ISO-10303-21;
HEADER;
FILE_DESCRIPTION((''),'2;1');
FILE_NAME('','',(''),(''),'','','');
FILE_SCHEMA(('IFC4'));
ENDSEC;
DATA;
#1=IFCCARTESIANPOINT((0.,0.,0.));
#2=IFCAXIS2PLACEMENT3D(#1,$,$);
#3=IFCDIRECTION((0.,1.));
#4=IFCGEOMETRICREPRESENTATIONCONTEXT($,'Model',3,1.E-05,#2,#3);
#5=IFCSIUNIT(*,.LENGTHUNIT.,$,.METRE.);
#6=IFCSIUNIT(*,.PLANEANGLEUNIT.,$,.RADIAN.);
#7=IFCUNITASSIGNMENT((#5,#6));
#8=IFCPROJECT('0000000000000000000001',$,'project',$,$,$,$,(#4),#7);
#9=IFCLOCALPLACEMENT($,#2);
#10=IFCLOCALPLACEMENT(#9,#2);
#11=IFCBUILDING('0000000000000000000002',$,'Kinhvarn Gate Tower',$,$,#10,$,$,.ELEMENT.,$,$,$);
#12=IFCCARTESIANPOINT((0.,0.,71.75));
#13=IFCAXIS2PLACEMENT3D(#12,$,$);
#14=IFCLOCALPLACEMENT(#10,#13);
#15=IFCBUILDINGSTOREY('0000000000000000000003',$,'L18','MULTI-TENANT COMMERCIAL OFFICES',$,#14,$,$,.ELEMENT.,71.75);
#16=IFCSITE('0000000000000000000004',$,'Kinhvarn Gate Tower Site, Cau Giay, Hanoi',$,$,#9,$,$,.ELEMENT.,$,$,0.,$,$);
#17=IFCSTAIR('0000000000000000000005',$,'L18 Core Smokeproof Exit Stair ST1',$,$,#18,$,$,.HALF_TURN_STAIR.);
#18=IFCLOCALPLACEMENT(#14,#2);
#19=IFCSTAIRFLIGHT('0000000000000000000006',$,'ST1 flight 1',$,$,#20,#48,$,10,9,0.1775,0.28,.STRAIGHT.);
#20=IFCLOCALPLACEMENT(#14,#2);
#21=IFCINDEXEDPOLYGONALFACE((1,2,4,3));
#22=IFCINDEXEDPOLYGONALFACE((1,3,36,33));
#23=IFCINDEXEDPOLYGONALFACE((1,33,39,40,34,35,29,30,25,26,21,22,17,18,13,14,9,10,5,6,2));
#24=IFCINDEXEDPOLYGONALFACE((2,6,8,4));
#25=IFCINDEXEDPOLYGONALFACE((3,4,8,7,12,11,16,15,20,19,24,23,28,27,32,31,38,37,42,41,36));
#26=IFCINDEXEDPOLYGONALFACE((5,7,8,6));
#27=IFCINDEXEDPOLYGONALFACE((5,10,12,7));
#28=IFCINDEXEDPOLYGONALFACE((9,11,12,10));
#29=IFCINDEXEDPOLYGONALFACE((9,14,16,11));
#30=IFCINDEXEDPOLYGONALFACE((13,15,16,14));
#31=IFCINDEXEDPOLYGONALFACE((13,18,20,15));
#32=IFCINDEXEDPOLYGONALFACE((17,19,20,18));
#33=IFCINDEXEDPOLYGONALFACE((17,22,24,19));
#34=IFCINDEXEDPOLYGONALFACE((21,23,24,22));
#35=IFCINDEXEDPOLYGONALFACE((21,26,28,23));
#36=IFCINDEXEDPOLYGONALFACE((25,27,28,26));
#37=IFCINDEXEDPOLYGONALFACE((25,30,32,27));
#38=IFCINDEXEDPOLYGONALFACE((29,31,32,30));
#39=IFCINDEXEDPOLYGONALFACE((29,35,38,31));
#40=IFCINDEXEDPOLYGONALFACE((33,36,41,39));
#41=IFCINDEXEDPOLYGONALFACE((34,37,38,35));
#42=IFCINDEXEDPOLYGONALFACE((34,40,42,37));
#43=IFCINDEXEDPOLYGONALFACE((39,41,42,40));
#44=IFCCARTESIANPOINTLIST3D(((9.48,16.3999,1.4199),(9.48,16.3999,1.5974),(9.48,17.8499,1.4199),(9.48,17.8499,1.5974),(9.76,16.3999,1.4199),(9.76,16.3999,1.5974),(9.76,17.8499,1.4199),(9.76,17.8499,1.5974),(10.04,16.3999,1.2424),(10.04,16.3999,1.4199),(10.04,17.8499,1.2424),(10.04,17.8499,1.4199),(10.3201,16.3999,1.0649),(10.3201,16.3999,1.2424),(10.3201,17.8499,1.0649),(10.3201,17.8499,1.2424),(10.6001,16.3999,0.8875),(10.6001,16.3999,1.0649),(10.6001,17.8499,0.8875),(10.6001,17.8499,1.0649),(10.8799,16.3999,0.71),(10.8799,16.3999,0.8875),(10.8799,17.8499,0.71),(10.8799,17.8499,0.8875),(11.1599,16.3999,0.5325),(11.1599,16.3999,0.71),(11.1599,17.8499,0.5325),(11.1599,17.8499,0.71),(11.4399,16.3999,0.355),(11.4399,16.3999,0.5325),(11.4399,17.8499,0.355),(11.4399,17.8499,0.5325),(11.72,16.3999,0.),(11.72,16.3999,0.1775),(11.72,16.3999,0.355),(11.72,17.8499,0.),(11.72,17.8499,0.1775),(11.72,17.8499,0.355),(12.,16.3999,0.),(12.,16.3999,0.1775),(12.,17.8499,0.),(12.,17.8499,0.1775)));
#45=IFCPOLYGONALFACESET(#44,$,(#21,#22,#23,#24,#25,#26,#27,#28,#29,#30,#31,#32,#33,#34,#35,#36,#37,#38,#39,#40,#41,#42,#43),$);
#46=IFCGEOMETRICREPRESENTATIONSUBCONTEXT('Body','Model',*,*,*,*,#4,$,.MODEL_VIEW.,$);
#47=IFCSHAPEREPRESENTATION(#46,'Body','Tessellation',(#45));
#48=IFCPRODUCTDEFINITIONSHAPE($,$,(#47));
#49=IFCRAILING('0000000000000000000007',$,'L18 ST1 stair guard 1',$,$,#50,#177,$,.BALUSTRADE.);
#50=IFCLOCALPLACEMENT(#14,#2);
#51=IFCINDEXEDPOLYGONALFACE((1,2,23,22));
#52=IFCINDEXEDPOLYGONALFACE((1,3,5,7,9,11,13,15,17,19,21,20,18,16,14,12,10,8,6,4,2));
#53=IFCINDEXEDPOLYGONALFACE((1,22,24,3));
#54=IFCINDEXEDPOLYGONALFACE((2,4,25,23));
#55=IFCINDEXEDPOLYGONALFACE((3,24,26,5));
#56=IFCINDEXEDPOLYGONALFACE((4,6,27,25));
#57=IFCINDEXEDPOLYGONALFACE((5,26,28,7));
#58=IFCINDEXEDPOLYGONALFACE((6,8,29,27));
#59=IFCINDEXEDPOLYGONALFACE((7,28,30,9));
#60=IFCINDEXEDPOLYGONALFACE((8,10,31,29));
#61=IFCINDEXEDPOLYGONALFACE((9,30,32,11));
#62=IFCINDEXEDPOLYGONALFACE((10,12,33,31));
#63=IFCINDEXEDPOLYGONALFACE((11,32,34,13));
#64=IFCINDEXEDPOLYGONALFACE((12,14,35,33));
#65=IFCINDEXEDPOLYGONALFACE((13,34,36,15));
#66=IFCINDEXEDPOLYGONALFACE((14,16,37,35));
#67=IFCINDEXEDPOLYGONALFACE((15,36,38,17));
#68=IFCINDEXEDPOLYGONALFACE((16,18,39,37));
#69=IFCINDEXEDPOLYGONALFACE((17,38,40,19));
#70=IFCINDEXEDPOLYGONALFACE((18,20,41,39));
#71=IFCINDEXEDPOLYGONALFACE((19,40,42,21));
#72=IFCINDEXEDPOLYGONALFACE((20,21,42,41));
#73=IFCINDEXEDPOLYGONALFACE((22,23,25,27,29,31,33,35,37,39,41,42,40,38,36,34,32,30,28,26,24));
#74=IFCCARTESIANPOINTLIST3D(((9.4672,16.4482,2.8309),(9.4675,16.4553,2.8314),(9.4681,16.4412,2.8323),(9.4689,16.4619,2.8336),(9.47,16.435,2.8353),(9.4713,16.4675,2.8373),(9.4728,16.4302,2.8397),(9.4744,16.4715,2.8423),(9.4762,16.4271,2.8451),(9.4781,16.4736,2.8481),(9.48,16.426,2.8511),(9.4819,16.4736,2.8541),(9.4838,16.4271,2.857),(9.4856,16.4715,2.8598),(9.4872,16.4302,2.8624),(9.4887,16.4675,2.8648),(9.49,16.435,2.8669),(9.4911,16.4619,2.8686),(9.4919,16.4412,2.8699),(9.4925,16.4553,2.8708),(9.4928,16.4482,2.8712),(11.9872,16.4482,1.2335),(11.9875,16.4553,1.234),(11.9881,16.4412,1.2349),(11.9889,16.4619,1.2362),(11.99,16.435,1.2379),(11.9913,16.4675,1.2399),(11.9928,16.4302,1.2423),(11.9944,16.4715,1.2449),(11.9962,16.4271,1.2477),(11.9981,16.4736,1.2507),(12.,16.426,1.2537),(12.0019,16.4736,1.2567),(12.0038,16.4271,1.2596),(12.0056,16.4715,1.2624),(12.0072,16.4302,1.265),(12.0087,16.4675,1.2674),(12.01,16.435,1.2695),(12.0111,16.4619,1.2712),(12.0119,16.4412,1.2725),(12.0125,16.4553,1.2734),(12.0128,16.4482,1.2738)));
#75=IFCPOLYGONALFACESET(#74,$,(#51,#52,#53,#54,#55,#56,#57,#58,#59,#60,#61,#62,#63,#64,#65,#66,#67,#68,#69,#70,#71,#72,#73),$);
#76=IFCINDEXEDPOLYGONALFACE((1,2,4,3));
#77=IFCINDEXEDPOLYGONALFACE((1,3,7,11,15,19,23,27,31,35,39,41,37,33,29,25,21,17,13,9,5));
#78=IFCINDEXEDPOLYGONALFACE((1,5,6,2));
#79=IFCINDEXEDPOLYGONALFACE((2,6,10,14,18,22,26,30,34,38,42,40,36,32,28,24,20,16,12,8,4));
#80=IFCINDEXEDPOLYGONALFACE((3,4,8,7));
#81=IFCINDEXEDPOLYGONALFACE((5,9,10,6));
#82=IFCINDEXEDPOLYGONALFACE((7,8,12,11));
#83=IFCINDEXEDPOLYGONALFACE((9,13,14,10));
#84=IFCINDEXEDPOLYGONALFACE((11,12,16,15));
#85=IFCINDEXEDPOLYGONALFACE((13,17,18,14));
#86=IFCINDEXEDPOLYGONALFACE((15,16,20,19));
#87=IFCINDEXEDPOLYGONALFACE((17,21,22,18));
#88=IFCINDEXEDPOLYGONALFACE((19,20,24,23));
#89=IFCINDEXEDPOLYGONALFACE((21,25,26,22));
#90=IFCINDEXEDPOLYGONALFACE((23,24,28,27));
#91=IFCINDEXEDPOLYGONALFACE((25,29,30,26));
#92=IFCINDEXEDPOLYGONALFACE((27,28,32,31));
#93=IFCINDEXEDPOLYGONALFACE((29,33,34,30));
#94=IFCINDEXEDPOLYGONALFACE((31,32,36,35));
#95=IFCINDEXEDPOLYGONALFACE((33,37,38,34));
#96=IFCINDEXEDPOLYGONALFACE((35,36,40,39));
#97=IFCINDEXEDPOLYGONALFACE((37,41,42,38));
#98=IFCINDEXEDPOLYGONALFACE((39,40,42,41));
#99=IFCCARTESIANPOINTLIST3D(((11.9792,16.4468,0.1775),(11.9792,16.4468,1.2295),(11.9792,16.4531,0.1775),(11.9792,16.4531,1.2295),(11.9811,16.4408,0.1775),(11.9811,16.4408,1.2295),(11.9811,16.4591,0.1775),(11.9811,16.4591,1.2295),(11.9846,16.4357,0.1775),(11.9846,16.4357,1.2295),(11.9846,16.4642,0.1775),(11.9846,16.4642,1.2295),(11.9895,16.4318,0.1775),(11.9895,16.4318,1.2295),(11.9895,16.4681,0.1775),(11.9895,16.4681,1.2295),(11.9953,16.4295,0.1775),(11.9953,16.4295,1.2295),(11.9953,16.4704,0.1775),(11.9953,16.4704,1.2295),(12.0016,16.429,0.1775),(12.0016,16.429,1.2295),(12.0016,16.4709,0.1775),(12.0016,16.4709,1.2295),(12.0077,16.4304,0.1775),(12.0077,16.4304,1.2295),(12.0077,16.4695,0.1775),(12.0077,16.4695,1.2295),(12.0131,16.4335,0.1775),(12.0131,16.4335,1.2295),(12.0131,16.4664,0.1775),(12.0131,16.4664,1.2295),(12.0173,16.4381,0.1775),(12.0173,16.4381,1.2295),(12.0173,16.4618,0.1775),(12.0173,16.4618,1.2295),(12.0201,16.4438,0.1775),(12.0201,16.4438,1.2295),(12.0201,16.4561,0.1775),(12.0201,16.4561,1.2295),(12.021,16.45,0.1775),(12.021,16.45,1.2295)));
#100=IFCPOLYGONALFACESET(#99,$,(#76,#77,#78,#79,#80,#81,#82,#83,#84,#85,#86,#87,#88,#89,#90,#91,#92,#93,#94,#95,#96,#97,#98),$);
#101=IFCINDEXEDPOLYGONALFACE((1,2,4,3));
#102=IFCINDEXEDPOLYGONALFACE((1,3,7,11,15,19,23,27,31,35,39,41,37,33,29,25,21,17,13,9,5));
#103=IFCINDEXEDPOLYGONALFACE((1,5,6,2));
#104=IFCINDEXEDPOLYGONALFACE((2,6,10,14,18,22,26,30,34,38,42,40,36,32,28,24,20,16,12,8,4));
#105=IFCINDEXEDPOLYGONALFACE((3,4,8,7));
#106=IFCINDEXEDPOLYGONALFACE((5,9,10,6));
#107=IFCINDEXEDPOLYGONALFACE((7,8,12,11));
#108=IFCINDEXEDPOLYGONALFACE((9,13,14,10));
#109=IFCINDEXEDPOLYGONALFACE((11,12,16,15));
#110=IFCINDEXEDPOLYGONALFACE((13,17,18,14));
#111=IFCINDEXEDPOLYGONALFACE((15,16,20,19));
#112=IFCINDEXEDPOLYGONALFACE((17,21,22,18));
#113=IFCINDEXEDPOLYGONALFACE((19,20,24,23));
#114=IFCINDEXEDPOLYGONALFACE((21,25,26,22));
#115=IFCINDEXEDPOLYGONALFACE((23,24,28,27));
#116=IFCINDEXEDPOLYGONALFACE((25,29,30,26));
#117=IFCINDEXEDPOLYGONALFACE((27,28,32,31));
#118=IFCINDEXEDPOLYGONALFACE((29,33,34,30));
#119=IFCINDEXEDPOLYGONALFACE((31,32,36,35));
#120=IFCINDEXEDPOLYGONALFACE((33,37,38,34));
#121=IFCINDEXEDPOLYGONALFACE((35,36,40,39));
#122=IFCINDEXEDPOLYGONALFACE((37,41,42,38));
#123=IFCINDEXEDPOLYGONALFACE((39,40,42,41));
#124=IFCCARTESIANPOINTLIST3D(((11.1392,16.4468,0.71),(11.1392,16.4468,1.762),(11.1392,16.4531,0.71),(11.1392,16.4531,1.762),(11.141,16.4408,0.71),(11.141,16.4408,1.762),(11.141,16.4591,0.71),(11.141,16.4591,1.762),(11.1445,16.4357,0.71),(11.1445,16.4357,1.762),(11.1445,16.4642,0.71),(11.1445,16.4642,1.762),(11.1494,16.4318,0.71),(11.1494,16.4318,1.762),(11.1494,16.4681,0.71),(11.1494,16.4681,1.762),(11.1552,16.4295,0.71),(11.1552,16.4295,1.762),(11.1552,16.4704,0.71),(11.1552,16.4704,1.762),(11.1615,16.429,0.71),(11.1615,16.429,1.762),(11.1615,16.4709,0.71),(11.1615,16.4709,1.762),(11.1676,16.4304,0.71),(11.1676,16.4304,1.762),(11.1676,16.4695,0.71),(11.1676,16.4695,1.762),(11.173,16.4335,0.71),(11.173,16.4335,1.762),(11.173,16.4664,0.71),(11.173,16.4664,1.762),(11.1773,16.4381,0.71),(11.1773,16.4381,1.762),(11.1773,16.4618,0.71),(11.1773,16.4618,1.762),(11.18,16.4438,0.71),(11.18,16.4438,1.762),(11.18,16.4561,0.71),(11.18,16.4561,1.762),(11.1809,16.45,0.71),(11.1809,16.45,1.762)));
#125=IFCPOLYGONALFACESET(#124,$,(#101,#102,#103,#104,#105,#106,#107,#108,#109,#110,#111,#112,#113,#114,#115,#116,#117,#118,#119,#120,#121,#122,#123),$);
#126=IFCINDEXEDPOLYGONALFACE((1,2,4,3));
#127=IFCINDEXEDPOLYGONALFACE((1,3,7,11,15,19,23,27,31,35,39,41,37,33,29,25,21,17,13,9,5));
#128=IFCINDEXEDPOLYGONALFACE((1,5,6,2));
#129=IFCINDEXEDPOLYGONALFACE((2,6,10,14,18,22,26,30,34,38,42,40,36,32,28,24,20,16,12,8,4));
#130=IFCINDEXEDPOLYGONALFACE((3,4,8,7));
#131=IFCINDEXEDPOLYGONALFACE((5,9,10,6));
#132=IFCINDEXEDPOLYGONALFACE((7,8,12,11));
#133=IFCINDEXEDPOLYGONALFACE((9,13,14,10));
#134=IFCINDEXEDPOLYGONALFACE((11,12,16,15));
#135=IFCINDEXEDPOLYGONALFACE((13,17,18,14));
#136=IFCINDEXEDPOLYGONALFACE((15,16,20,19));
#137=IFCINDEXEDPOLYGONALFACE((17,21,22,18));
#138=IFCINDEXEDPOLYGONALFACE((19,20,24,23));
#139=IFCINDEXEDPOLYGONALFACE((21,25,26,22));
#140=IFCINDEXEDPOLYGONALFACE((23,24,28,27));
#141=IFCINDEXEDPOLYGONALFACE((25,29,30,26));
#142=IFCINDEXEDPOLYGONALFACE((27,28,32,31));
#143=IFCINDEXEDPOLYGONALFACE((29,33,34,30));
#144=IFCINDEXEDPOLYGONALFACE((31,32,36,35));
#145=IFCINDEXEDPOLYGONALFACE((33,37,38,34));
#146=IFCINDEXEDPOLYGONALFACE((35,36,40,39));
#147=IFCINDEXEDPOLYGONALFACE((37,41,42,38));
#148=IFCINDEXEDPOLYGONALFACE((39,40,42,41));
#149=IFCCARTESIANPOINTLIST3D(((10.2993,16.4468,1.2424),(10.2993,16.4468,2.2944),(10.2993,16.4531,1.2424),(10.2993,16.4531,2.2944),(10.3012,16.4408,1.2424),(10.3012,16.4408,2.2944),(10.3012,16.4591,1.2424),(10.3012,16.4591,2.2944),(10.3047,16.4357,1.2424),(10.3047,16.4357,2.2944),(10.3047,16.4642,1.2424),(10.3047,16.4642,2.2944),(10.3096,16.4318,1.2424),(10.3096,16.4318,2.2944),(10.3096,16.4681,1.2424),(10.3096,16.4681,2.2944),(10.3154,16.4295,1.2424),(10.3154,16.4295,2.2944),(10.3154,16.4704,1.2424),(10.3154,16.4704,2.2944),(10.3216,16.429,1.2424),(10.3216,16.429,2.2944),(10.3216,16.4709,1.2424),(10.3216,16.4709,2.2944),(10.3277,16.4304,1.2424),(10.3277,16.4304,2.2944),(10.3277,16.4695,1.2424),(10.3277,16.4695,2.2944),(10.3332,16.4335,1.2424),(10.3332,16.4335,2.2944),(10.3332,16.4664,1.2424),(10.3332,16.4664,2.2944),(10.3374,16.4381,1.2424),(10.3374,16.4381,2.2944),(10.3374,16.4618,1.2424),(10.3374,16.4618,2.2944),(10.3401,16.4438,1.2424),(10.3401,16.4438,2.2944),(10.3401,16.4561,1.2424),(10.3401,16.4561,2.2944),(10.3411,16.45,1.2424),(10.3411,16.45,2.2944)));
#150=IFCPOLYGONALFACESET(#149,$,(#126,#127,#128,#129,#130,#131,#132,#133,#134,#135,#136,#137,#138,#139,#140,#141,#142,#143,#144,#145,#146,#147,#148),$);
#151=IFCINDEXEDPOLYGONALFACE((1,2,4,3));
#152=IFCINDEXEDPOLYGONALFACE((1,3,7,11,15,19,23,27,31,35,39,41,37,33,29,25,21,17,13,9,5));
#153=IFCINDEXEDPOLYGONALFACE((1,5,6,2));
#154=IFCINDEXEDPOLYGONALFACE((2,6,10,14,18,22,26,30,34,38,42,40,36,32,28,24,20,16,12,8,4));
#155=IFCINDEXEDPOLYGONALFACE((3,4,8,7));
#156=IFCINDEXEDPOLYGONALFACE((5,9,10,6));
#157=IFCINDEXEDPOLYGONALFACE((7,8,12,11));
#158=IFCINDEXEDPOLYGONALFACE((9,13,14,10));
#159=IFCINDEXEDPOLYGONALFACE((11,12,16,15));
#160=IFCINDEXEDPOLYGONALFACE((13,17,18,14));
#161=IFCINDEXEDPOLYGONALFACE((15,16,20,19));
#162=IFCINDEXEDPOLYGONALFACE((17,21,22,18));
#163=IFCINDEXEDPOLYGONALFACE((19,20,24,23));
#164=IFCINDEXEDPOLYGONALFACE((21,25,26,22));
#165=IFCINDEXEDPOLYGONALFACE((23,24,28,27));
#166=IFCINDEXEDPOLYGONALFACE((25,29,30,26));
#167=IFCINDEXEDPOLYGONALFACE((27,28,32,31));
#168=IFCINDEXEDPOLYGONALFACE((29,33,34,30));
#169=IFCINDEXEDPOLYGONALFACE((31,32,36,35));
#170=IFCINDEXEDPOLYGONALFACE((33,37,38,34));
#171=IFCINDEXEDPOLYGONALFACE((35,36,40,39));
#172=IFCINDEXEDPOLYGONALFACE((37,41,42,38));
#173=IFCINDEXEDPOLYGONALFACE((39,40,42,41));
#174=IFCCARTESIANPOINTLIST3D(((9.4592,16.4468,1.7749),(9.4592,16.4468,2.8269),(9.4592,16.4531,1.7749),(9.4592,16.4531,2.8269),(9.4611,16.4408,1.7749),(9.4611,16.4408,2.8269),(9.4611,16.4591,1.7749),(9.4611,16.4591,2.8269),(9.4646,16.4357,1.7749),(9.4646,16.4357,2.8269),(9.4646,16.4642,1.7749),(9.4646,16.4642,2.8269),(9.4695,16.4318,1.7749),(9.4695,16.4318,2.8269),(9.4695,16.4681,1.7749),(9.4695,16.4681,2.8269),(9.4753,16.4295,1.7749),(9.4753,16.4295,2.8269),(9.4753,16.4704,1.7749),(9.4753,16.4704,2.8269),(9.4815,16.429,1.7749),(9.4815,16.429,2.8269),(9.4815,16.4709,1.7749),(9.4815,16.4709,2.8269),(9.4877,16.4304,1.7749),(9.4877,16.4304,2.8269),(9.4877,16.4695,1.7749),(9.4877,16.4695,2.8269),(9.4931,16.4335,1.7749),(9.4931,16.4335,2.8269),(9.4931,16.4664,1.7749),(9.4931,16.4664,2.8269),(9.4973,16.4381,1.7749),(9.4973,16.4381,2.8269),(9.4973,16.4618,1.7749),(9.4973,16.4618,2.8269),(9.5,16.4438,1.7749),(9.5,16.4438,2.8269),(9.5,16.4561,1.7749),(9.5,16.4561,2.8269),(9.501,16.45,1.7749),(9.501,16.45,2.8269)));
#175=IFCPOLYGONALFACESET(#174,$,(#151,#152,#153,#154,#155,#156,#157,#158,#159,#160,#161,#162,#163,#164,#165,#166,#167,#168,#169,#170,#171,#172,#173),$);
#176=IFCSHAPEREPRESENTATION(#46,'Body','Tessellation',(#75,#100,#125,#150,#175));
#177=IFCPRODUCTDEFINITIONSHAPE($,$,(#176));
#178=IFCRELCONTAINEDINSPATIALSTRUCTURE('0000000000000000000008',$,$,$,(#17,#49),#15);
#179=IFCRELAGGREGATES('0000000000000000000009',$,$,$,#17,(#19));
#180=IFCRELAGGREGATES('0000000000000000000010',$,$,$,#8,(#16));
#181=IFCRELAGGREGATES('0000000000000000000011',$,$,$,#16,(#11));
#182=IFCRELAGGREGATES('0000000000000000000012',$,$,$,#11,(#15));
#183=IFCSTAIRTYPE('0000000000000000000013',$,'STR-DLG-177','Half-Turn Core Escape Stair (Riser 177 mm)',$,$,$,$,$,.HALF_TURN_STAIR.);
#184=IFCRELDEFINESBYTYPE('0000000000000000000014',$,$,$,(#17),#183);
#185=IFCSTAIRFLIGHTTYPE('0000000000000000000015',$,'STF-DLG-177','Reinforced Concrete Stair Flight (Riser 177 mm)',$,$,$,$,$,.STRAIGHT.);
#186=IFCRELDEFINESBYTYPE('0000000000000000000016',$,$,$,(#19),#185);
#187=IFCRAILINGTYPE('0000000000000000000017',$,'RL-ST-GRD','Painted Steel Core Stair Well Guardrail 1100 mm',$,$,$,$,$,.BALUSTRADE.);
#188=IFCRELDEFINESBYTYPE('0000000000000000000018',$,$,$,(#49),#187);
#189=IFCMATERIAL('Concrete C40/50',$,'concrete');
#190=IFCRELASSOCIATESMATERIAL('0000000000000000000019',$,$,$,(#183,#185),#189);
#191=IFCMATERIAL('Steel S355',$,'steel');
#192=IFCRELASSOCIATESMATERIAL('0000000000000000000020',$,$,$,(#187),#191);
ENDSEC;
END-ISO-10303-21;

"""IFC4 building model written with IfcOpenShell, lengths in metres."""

from ifc_helpers import new_model, si_unit, direction, frame, origin, origin_2d, place, context, subcontext, project, spatial, polyline, circle, outline, extrude, material, type_object, element, aggregate, save


model = new_model("IFC4")

# Units and contexts
model_context = context("Model", 3, precision=1e-05, world=origin(), true_north=direction((0.0, 1.0)))
body_context = subcontext(model_context, "Body", "Model", "MODEL_VIEW")
ifc_project = project(units=[si_unit("LENGTHUNIT", "METRE"), si_unit("PLANEANGLEUNIT", "RADIAN")], contexts=[model_context])

# Site, building, storey
site_placement = place(None, origin())
site = spatial("IfcSite", under=ifc_project, at=site_placement, Name="Kinhvarn Gate Tower Site, Cau Giay, Hanoi", CompositionType="ELEMENT", RefElevation=0.0)
building_placement = place(site_placement, origin())
building = spatial("IfcBuilding", under=site, at=building_placement, Name="Kinhvarn Gate Tower", CompositionType="ELEMENT")
storey_placement = place(building_placement, frame((0.0, 0.0, 71.75)))
storey = spatial("IfcBuildingStorey", under=building, at=storey_placement, Name="L18", Description="MULTI-TENANT COMMERCIAL OFFICES", CompositionType="ELEMENT", Elevation=71.75)

# Shared definitions
ifc_material_1 = material(Name="Steel S355", Category="steel")

# Shared definitions
ifc_material_2 = material(Name="Concrete C40/50", Category="concrete")

# Stair, stair flight
stair_type = type_object("IfcStairType", Name="STR-DLG-177", Description="Half-Turn Core Escape Stair (Riser 177 mm)", PredefinedType="HALF_TURN_STAIR", material=ifc_material_2)
stair_placement = place(storey_placement, origin())
stair = element("IfcStair", 1, at=stair_placement, inside=storey, type_object=stair_type, Name="L18 Core Smokeproof Exit Stair ST1", PredefinedType="HALF_TURN_STAIR")
stair_flight_type = type_object("IfcStairFlightType", Name="STF-DLG-177", Description="Reinforced Concrete Stair Flight (Riser 177 mm)", PredefinedType="STRAIGHT", material=ifc_material_2)
stair_flight_placement = place(storey_placement, frame((12.0, 17.125, 0.0), z_axis=(0.0, 0.0, 1.0), x_axis=(-1.0, 0.0, 0.0)))
stair_flight = element("IfcStairFlight", 2, at=stair_flight_placement, type_object=stair_flight_type, Name="ST1 flight 1", NumberOfRisers=10, NumberOfTreads=9, PredefinedType="STRAIGHT", RiserHeight=0.1775, TreadLength=0.28, context=body_context, shape_type="SweptSolid", body=[
    extrude(outline(polyline([(0.0, 0.0), (0.0, 0.1775), (0.28, 0.1775), (0.28, 0.355), (0.5601, 0.355), (0.5601, 0.5325), (0.8401, 0.5325), (0.8401, 0.71), (1.1201, 0.71), (1.1201, 0.8875), (1.3999, 0.8875), (1.3999, 1.0649), (1.6799, 1.0649), (1.6799, 1.2424), (1.96, 1.2424), (1.96, 1.4199), (2.24, 1.4199), (2.24, 1.5974), (2.52, 1.5974), (2.52, 1.7749), (2.52, 1.4199), (0.28, 0.0), (0.0, 0.0)])), frame((0.0, 0.7251, 0.0), z_axis=(0.0, -1.0, 0.0), x_axis=(1.0, 0.0, 0.0)), (0.0, 0.0, 1.0), 1.45),
])
aggregate(stair, [stair_flight])

# Railing
railing_type_1 = type_object("IfcRailingType", Name="RL-ST-GRD", Description="Painted Steel Core Stair Well Guardrail 1100 mm", PredefinedType="BALUSTRADE", material=ifc_material_1)
railing_1_placement = place(storey_placement, frame((12.0, 16.45, 0.1775)))
element("IfcRailing", 3, at=railing_1_placement, inside=storey, type_object=railing_type_1, Name="L18 ST1 stair guard 1", PredefinedType="BALUSTRADE", context=body_context, shape_type="SweptSolid", body=[
    extrude(circle(Radius=0.0239, at=origin_2d()), frame((0.0, 0.0, 1.0762), z_axis=(-0.844607, 0.0, 0.535387), x_axis=(0.0, -1.0, 0.0)), (0.0, 0.0, 1.0), 2.9836),
    extrude(circle(Radius=0.021, at=origin_2d()), origin(), (0.0, 0.0, 1.0), 1.052),
    extrude(circle(Radius=0.021, at=origin_2d()), frame((-0.8401, 0.0, 0.5325)), (0.0, 0.0, 1.0), 1.052),
    extrude(circle(Radius=0.021, at=origin_2d()), frame((-1.6799, 0.0, 1.0649)), (0.0, 0.0, 1.0), 1.052),
    extrude(circle(Radius=0.021, at=origin_2d()), frame((-2.52, 0.0, 1.5974)), (0.0, 0.0, 1.0), 1.052),
])

save(model, "model.ifc")
